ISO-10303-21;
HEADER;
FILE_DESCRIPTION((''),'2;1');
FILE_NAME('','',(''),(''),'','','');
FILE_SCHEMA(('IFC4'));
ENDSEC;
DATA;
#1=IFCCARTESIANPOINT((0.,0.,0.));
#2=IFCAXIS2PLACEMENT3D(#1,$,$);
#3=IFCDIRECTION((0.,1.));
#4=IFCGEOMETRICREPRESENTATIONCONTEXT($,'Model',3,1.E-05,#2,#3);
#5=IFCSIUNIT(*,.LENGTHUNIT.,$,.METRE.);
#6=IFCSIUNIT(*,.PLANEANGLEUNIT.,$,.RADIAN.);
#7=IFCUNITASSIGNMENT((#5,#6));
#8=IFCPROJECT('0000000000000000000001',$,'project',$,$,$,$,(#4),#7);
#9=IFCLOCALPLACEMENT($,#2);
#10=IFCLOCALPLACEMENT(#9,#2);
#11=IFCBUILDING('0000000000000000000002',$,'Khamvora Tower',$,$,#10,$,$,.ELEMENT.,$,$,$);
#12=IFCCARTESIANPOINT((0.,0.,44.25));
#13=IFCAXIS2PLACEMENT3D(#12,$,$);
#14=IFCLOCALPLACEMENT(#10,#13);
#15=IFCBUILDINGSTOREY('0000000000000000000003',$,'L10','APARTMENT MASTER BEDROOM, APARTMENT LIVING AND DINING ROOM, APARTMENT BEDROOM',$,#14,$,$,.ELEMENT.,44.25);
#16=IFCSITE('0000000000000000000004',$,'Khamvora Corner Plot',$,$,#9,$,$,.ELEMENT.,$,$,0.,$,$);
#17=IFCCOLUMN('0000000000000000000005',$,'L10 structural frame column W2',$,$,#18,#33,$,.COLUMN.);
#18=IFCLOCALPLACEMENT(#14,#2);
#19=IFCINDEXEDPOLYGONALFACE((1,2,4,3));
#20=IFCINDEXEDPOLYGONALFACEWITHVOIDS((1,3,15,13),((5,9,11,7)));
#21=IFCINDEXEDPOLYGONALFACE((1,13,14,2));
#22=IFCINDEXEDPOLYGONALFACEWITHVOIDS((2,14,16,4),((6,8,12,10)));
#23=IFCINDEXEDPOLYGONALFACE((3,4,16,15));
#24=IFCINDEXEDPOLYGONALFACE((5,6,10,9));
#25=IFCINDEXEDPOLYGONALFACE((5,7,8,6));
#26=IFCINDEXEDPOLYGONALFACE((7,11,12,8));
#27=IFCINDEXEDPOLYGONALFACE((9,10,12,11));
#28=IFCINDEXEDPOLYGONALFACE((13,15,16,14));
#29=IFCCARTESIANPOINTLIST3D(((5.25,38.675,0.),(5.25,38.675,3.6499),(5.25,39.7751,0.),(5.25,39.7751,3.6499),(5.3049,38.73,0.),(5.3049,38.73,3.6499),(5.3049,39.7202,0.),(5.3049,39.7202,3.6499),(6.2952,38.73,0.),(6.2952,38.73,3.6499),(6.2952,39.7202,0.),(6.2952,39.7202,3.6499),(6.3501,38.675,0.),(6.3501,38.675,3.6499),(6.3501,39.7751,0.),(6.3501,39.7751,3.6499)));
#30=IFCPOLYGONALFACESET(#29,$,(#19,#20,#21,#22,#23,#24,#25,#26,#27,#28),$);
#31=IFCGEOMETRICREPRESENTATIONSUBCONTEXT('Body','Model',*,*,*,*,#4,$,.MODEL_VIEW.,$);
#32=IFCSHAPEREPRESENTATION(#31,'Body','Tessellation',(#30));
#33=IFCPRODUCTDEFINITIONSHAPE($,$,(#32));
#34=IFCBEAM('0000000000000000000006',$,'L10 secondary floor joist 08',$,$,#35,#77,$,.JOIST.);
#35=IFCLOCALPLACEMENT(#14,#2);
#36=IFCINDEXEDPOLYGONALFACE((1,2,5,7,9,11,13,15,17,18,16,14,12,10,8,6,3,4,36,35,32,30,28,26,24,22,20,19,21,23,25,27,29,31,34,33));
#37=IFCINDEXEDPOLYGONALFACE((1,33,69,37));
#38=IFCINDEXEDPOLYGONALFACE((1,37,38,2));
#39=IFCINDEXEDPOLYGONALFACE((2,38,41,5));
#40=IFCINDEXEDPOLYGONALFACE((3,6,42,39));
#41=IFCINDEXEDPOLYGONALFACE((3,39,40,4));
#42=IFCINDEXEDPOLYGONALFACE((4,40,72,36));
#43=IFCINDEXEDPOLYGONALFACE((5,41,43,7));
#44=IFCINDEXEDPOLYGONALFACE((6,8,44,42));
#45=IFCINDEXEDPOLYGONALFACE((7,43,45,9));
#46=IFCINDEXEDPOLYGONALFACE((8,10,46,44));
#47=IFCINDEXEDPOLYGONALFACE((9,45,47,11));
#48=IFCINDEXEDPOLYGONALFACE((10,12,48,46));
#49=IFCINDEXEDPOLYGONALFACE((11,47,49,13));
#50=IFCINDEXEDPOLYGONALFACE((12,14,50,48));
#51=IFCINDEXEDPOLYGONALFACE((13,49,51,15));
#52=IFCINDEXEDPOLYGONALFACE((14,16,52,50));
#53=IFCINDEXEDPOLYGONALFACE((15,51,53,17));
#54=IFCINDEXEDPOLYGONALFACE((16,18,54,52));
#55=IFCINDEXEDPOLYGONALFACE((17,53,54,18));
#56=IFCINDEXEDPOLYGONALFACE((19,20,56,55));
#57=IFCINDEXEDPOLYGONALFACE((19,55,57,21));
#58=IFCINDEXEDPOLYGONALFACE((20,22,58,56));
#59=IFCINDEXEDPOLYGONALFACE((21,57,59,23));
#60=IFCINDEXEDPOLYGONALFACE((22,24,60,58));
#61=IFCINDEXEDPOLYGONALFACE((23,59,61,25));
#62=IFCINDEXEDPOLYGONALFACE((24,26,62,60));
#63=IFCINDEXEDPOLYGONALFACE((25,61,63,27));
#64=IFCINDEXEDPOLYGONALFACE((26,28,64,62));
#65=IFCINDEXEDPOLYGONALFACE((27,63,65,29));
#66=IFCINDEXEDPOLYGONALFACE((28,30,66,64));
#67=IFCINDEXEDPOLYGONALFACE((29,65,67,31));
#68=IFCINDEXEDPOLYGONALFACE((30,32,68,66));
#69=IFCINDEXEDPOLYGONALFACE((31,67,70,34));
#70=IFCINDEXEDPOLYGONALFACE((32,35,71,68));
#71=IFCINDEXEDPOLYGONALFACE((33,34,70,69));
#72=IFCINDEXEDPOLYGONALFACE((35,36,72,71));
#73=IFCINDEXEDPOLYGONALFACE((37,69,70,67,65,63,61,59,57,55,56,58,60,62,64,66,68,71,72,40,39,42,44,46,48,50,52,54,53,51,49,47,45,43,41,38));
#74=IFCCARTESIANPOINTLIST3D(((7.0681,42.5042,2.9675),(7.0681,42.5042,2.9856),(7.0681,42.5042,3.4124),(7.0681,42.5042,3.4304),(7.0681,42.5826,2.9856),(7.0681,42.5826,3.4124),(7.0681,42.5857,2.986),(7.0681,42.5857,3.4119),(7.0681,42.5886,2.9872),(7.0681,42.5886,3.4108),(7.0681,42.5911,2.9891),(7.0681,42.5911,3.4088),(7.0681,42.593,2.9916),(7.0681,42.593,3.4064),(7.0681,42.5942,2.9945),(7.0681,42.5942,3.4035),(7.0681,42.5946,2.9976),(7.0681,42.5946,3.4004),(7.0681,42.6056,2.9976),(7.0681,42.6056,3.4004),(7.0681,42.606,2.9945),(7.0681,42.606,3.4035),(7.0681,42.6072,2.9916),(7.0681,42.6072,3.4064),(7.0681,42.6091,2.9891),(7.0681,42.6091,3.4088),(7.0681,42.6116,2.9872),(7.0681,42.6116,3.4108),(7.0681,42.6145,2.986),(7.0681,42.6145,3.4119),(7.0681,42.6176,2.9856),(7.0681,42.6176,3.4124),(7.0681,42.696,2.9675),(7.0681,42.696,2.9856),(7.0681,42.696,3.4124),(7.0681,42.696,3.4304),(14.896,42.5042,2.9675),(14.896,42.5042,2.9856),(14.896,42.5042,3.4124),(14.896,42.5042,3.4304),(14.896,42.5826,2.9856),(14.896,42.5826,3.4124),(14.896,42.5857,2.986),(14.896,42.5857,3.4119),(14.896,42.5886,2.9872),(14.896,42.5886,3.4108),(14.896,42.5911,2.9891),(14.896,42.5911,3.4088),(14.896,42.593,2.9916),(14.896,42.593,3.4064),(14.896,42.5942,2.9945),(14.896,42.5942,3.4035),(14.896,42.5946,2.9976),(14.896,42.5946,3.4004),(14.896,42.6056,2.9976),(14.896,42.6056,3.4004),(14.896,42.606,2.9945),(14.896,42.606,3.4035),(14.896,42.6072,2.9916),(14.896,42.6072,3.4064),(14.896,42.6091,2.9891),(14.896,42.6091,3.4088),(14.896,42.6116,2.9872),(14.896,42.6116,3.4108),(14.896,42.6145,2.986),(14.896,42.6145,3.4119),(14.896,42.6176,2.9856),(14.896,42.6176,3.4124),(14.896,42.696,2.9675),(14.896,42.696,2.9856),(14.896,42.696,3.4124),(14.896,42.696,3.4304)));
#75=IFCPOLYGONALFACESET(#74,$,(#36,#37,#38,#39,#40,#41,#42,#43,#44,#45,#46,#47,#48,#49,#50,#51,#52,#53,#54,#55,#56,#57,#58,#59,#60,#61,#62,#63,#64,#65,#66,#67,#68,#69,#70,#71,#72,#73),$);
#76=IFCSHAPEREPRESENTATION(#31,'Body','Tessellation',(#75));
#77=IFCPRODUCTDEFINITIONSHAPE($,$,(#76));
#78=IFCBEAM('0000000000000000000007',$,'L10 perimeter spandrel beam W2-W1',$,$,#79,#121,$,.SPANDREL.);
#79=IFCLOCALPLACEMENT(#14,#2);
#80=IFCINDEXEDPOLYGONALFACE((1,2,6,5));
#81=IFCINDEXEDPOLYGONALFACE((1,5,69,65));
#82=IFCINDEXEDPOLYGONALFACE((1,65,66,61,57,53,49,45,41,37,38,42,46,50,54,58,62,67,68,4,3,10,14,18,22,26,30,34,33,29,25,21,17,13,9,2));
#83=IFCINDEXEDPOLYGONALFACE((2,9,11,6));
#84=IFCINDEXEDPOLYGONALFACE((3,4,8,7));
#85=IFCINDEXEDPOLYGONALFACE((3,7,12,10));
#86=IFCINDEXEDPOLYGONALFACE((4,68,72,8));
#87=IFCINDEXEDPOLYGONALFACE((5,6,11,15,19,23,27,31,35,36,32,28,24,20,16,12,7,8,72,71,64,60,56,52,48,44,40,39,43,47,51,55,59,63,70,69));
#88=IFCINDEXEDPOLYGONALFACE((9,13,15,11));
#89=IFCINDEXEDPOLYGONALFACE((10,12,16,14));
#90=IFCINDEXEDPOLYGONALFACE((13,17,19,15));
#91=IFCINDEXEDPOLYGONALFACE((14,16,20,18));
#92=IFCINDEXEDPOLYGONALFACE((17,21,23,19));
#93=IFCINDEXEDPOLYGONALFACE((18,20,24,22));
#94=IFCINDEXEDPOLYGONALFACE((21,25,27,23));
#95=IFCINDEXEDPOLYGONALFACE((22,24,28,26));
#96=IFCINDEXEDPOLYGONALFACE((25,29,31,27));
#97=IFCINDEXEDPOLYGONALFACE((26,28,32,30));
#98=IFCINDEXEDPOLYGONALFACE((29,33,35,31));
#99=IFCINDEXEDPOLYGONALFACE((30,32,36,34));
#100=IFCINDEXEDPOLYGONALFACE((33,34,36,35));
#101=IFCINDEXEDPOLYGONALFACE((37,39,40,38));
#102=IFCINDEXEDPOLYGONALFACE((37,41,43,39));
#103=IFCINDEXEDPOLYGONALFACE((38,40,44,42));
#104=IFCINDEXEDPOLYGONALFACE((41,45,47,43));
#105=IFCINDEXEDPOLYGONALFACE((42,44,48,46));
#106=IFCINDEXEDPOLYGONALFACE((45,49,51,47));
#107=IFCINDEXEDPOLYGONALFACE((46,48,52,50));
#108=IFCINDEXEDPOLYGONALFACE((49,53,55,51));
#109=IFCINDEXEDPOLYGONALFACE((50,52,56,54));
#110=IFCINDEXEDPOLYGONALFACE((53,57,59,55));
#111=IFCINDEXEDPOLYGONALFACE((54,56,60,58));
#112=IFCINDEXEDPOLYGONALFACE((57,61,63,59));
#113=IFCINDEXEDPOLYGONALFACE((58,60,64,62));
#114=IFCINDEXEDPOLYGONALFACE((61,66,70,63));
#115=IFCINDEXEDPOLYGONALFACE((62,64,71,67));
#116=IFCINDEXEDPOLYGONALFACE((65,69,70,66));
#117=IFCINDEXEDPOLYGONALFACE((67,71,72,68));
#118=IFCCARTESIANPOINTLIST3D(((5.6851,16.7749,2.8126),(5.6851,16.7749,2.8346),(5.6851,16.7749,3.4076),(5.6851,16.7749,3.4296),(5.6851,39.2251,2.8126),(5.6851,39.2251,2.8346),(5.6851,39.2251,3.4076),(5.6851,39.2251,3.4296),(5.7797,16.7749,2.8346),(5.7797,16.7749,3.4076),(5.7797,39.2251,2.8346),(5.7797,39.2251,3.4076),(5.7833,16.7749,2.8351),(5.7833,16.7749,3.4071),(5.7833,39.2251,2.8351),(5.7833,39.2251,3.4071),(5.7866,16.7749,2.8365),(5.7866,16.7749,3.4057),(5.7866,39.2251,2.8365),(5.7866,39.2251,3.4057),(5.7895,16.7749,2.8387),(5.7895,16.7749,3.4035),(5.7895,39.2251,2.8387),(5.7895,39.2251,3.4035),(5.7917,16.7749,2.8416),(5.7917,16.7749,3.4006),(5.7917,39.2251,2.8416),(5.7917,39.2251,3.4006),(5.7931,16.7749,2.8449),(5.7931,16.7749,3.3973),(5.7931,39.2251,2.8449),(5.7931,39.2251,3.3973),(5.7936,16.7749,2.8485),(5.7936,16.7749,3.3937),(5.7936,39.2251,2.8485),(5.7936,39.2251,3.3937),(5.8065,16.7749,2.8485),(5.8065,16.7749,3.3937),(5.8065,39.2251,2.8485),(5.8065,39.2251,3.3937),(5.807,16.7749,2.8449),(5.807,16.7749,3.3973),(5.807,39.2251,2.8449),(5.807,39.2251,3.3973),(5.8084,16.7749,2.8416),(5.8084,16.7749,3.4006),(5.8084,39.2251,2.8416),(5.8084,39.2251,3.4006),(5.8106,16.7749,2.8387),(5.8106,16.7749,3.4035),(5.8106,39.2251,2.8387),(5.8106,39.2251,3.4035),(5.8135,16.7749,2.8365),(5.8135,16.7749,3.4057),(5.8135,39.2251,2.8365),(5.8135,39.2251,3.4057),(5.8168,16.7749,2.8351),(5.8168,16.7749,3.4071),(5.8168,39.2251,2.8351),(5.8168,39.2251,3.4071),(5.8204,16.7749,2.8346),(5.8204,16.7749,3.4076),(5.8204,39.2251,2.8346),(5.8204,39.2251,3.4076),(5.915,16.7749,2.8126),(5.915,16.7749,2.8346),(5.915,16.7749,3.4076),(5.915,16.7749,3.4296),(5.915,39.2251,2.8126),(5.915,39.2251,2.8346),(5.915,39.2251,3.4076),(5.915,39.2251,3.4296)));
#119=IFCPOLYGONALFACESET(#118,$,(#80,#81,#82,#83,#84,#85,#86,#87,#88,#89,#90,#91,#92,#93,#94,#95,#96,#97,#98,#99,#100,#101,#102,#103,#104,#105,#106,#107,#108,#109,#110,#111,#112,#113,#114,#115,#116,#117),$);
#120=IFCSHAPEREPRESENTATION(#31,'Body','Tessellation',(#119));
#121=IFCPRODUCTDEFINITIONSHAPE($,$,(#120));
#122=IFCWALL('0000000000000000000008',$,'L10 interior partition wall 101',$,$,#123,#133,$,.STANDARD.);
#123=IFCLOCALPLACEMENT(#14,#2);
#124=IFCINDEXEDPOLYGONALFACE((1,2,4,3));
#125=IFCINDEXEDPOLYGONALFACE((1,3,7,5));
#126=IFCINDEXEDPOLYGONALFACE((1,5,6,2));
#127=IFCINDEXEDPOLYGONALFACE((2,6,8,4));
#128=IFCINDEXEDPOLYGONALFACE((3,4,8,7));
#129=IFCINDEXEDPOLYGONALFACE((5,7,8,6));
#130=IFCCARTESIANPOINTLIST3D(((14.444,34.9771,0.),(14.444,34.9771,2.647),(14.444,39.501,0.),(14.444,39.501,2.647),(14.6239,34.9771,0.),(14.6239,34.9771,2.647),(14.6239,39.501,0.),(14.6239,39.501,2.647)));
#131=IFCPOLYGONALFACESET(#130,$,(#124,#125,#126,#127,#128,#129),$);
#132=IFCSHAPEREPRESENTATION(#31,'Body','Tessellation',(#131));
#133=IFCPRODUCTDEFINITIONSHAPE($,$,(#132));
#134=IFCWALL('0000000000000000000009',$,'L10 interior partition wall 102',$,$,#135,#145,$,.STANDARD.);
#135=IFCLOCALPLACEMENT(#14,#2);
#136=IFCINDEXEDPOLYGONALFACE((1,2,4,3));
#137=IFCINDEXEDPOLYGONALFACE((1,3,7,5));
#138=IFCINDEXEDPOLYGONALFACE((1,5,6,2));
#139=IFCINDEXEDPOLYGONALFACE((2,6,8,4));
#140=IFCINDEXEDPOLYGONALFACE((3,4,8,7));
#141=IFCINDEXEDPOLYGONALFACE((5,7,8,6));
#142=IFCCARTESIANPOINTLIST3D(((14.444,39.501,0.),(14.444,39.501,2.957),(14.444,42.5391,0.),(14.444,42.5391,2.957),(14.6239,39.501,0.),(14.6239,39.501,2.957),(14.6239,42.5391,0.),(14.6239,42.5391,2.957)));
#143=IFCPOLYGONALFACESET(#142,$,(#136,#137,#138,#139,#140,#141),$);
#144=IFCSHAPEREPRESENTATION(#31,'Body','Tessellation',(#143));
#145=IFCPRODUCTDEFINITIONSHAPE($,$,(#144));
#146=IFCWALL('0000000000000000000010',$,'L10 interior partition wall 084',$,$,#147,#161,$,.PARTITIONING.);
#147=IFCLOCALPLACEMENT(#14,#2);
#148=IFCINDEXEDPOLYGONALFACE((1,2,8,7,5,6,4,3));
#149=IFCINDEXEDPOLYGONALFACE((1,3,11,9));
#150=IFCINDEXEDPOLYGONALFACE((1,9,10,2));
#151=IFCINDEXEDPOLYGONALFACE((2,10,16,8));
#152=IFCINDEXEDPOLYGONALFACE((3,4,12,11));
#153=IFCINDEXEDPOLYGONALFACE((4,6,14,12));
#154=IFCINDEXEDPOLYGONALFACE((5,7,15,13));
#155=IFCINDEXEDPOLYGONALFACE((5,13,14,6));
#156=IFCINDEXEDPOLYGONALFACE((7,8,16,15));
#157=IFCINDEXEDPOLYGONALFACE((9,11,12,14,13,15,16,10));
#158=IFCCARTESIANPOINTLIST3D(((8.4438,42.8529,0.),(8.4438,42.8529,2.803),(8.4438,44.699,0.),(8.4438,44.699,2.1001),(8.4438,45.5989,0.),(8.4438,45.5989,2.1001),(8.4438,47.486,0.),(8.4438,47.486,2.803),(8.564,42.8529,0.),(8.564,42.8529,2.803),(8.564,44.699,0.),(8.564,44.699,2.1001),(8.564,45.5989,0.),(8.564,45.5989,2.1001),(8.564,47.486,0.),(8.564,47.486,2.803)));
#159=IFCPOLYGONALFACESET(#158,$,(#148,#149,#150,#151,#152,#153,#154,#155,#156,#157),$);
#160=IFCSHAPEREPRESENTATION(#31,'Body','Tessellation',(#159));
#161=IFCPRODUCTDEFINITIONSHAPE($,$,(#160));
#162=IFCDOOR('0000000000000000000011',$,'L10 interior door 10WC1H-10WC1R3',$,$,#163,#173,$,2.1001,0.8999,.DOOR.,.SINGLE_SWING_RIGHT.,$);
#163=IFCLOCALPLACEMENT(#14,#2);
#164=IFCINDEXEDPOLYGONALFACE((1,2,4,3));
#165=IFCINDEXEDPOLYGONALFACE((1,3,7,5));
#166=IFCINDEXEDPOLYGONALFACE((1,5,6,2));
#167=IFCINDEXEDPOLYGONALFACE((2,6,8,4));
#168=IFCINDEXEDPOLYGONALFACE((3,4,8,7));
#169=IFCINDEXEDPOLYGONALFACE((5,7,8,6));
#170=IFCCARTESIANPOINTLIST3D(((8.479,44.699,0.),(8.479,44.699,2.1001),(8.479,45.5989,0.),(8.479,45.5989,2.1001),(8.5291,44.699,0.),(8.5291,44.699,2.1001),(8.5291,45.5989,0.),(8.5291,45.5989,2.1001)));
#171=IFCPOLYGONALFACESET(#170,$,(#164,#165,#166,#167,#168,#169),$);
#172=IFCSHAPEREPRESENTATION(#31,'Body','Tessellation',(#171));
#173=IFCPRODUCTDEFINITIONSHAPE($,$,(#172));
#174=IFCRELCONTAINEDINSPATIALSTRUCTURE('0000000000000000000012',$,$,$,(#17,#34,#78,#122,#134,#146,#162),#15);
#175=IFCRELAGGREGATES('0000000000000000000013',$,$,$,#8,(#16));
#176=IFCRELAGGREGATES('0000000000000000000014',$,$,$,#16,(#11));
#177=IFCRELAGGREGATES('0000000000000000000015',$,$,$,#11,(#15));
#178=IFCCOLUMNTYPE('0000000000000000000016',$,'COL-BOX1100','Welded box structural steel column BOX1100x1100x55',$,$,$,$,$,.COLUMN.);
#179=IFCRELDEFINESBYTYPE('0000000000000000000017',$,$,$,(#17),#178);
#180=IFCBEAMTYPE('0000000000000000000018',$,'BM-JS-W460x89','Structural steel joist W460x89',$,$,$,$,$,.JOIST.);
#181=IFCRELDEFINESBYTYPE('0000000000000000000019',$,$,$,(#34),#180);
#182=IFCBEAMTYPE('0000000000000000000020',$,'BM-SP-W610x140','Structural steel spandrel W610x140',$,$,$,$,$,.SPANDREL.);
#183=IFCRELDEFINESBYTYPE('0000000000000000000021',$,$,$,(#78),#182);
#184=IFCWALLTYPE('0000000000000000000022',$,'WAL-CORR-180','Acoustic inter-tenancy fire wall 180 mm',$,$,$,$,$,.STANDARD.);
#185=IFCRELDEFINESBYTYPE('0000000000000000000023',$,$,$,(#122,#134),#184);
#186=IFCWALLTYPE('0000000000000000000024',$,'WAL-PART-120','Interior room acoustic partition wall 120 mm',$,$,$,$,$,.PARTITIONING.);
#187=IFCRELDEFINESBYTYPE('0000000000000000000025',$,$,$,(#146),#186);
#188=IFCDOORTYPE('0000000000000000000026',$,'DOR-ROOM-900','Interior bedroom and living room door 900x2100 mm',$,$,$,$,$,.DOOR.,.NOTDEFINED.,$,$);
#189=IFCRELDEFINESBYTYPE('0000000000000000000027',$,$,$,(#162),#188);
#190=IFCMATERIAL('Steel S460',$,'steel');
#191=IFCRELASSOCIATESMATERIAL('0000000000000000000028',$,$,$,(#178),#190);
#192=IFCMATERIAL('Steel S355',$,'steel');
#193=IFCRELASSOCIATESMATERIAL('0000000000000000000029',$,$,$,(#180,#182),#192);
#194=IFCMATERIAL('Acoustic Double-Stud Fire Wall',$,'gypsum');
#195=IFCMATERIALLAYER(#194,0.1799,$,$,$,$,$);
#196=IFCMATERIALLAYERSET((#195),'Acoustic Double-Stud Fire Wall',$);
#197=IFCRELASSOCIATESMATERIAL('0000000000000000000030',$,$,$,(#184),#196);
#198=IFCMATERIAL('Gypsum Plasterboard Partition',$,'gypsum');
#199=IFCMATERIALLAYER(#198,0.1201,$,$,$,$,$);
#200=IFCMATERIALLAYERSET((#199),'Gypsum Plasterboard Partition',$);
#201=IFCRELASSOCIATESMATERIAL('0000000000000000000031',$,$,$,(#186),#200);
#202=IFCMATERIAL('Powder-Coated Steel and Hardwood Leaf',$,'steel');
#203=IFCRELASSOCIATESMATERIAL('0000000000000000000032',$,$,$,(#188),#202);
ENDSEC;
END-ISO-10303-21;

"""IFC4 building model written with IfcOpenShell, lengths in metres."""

from ifc_helpers import new_model, si_unit, direction, frame, frame_2d, origin, origin_2d, place, context, subcontext, project, spatial, rectangle, hollow_rectangle, i_section, extrude, material, layer, layer_set, material_profile, profile_set, type_object, element, fill, save


model = new_model("IFC4")

# Units and contexts
model_context = context("Model", 3, precision=1e-05, world=origin(), true_north=direction((0.0, 1.0)))
body_context = subcontext(model_context, "Body", "Model", "MODEL_VIEW")
ifc_project = project(units=[si_unit("LENGTHUNIT", "METRE"), si_unit("PLANEANGLEUNIT", "RADIAN")], contexts=[model_context])

# Site, building, storey
site_placement = place(None, origin())
site = spatial("IfcSite", under=ifc_project, at=site_placement, Name="Khamvora Corner Plot", CompositionType="ELEMENT", RefElevation=0.0)
building_placement = place(site_placement, origin())
building = spatial("IfcBuilding", under=site, at=building_placement, Name="Khamvora Tower", CompositionType="ELEMENT")
storey_placement = place(building_placement, frame((0.0, 0.0, 44.25)))
storey = spatial("IfcBuildingStorey", under=building, at=storey_placement, Name="L10", Description="APARTMENT MASTER BEDROOM, APARTMENT LIVING AND DINING ROOM, APARTMENT BEDROOM", CompositionType="ELEMENT", Elevation=44.25)

# Column
ifc_material_1 = material(Name="Steel S460", Category="steel")
ifc_material_profile_1 = material_profile(ifc_material_1, hollow_rectangle(XDim=1.1001, YDim=1.1001, WallThickness=0.0549, at=origin_2d()), Name="BOX1100x1100x55")
ifc_profile_set_1 = profile_set([ifc_material_profile_1], Name="Steel S460")
column_type = type_object("IfcColumnType", Name="COL-BOX1100", Description="Welded box structural steel column BOX1100x1100x55", PredefinedType="COLUMN", material=ifc_profile_set_1)
column_placement = place(storey_placement, frame((5.8, 39.2251, 0.0), z_axis=(0.0, 0.0, 1.0), x_axis=(1.0, 0.0, 0.0)))
element("IfcColumn", 1, at=column_placement, inside=storey, type_object=column_type, Name="L10 structural frame column W2", PredefinedType="COLUMN", context=body_context, shape_type="SweptSolid", body=[
    extrude(hollow_rectangle(XDim=1.1001, YDim=1.1001, WallThickness=0.0549, at=origin_2d()), origin(), (0.0, 0.0, 1.0), 3.6499),
])

# Beams
ifc_material_2 = material(Name="Steel S355", Category="steel")
ifc_material_profile_2 = material_profile(ifc_material_2, i_section(OverallWidth=0.1919, OverallDepth=0.4629, WebThickness=0.011, FlangeThickness=0.0181, FilletRadius=0.012, at=origin_2d()), Name="W460x89")
ifc_profile_set_2 = profile_set([ifc_material_profile_2], Name="Steel S355")
beam_type_1 = type_object("IfcBeamType", Name="BM-JS-W460x89", Description="Structural steel joist W460x89", PredefinedType="JOIST", material=ifc_profile_set_2)
beam_1_placement = place(storey_placement, frame((7.0681, 42.6001, 3.199), z_axis=(1.0, 0.0, 0.0), x_axis=(0.0, 1.0, 0.0)))
element("IfcBeam", 2, at=beam_1_placement, inside=storey, type_object=beam_type_1, Name="L10 secondary floor joist 08", PredefinedType="JOIST", context=body_context, shape_type="SweptSolid", body=[
    extrude(i_section(OverallWidth=0.1919, OverallDepth=0.4629, WebThickness=0.011, FlangeThickness=0.0181, FilletRadius=0.012, at=origin_2d()), origin(), (0.0, 0.0, 1.0), 7.8279),
])
ifc_material_profile_3 = material_profile(ifc_material_2, i_section(OverallWidth=0.23, OverallDepth=0.6169, WebThickness=0.0129, FlangeThickness=0.022, FilletRadius=0.0139, at=origin_2d()), Name="W610x140")
ifc_profile_set_3 = profile_set([ifc_material_profile_3], Name="Steel S355")
beam_type_2 = type_object("IfcBeamType", Name="BM-SP-W610x140", Description="Structural steel spandrel W610x140", PredefinedType="SPANDREL", material=ifc_profile_set_3)
beam_2_placement = place(storey_placement, frame((5.8, 39.2251, 3.1211), z_axis=(0.0, -1.0, 0.0), x_axis=(1.0, 0.0, 0.0)))
element("IfcBeam", 3, at=beam_2_placement, inside=storey, type_object=beam_type_2, Name="L10 perimeter spandrel beam W2-W1", PredefinedType="SPANDREL", context=body_context, shape_type="SweptSolid", body=[
    extrude(i_section(OverallWidth=0.23, OverallDepth=0.6169, WebThickness=0.0129, FlangeThickness=0.022, FilletRadius=0.0139, at=origin_2d()), origin(), (0.0, 0.0, 1.0), 22.4502),
])

# Walls
ifc_material_3 = material(Name="Acoustic Double-Stud Fire Wall", Category="gypsum")
ifc_layer_1 = layer(ifc_material_3, 0.1799)
ifc_layer_set_1 = layer_set([ifc_layer_1], Name="Acoustic Double-Stud Fire Wall")
wall_type_1 = type_object("IfcWallType", Name="WAL-CORR-180", Description="Acoustic inter-tenancy fire wall 180 mm", PredefinedType="STANDARD", material=ifc_layer_set_1)
wall_1_placement = place(storey_placement, frame((14.5339, 39.501, 0.0), z_axis=(0.0, 0.0, 1.0), x_axis=(0.0, -1.0, 0.0)))
element("IfcWall", 4, at=wall_1_placement, inside=storey, type_object=wall_type_1, Name="L10 interior partition wall 101", PredefinedType="STANDARD", context=body_context, shape_type="SweptSolid", body=[
    extrude(rectangle(XDim=4.5239, YDim=0.1799, at=frame_2d((2.262, 0.0))), origin(), (0.0, 0.0, 1.0), 2.647),
])
wall_2_placement = place(storey_placement, frame((14.5339, 42.5391, 0.0), z_axis=(0.0, 0.0, 1.0), x_axis=(0.0, -1.0, 0.0)))
element("IfcWall", 5, at=wall_2_placement, inside=storey, type_object=wall_type_1, Name="L10 interior partition wall 102", PredefinedType="STANDARD", context=body_context, shape_type="SweptSolid", body=[
    extrude(rectangle(XDim=3.0381, YDim=0.1799, at=frame_2d((1.519, 0.0))), origin(), (0.0, 0.0, 1.0), 2.957),
])

# Wall, opening, door
ifc_material_4 = material(Name="Gypsum Plasterboard Partition", Category="gypsum")
ifc_layer_2 = layer(ifc_material_4, 0.1201)
ifc_layer_set_2 = layer_set([ifc_layer_2], Name="Gypsum Plasterboard Partition")
wall_type_2 = type_object("IfcWallType", Name="WAL-PART-120", Description="Interior room acoustic partition wall 120 mm", PredefinedType="PARTITIONING", material=ifc_layer_set_2)
wall_3_placement = place(storey_placement, frame((8.5039, 42.853, 0.0), z_axis=(0.0, 0.0, 1.0), x_axis=(0.0, 1.0, 0.0)))
wall_3 = element("IfcWall", 6, at=wall_3_placement, inside=storey, type_object=wall_type_2, Name="L10 interior partition wall 084", PredefinedType="PARTITIONING", context=body_context, shape_type="SweptSolid", body=[
    extrude(rectangle(XDim=4.6331, YDim=0.1201, at=frame_2d((2.3164, 0.0))), origin(), (0.0, 0.0, 1.0), 2.803),
])
opening_1_placement = place(wall_3_placement, frame((1.8459, 0.0, 0.0)))
opening_1 = element("IfcOpeningElement", 7, at=opening_1_placement, cuts=wall_3, PredefinedType="OPENING", context=body_context, shape_type="SweptSolid", body=[
    extrude(rectangle(XDim=0.8999, YDim=2.1001, at=frame_2d((0.45, 1.05))), frame((0.0, 0.0701, 0.0), z_axis=(0.0, -1.0, 0.0), x_axis=(1.0, 0.0, 0.0)), (0.0, 0.0, 1.0), 0.1401),
])
ifc_material_5 = material(Name="Powder-Coated Steel and Hardwood Leaf", Category="steel")
door_type = type_object("IfcDoorType", Name="DOR-ROOM-900", Description="Interior bedroom and living room door 900x2100 mm", OperationType="NOTDEFINED", PredefinedType="DOOR", material=ifc_material_5)
door_1_placement = place(opening_1_placement, origin())
door_1 = element("IfcDoor", 8, at=door_1_placement, inside=storey, type_object=door_type, Name="L10 interior door 10WC1H-10WC1R3", OperationType="SINGLE_SWING_RIGHT", OverallHeight=2.1001, OverallWidth=0.8999, PredefinedType="DOOR", context=body_context, shape_type="SweptSolid", body=[
    extrude(rectangle(XDim=0.8999, YDim=2.1001, at=frame_2d((0.45, 1.05))), frame((0.0, 0.0249, 0.0), z_axis=(0.0, -1.0, 0.0), x_axis=(1.0, 0.0, 0.0)), (0.0, 0.0, 1.0), 0.05),
])
fill(opening_1, door_1)

save(model, "model.ifc")
